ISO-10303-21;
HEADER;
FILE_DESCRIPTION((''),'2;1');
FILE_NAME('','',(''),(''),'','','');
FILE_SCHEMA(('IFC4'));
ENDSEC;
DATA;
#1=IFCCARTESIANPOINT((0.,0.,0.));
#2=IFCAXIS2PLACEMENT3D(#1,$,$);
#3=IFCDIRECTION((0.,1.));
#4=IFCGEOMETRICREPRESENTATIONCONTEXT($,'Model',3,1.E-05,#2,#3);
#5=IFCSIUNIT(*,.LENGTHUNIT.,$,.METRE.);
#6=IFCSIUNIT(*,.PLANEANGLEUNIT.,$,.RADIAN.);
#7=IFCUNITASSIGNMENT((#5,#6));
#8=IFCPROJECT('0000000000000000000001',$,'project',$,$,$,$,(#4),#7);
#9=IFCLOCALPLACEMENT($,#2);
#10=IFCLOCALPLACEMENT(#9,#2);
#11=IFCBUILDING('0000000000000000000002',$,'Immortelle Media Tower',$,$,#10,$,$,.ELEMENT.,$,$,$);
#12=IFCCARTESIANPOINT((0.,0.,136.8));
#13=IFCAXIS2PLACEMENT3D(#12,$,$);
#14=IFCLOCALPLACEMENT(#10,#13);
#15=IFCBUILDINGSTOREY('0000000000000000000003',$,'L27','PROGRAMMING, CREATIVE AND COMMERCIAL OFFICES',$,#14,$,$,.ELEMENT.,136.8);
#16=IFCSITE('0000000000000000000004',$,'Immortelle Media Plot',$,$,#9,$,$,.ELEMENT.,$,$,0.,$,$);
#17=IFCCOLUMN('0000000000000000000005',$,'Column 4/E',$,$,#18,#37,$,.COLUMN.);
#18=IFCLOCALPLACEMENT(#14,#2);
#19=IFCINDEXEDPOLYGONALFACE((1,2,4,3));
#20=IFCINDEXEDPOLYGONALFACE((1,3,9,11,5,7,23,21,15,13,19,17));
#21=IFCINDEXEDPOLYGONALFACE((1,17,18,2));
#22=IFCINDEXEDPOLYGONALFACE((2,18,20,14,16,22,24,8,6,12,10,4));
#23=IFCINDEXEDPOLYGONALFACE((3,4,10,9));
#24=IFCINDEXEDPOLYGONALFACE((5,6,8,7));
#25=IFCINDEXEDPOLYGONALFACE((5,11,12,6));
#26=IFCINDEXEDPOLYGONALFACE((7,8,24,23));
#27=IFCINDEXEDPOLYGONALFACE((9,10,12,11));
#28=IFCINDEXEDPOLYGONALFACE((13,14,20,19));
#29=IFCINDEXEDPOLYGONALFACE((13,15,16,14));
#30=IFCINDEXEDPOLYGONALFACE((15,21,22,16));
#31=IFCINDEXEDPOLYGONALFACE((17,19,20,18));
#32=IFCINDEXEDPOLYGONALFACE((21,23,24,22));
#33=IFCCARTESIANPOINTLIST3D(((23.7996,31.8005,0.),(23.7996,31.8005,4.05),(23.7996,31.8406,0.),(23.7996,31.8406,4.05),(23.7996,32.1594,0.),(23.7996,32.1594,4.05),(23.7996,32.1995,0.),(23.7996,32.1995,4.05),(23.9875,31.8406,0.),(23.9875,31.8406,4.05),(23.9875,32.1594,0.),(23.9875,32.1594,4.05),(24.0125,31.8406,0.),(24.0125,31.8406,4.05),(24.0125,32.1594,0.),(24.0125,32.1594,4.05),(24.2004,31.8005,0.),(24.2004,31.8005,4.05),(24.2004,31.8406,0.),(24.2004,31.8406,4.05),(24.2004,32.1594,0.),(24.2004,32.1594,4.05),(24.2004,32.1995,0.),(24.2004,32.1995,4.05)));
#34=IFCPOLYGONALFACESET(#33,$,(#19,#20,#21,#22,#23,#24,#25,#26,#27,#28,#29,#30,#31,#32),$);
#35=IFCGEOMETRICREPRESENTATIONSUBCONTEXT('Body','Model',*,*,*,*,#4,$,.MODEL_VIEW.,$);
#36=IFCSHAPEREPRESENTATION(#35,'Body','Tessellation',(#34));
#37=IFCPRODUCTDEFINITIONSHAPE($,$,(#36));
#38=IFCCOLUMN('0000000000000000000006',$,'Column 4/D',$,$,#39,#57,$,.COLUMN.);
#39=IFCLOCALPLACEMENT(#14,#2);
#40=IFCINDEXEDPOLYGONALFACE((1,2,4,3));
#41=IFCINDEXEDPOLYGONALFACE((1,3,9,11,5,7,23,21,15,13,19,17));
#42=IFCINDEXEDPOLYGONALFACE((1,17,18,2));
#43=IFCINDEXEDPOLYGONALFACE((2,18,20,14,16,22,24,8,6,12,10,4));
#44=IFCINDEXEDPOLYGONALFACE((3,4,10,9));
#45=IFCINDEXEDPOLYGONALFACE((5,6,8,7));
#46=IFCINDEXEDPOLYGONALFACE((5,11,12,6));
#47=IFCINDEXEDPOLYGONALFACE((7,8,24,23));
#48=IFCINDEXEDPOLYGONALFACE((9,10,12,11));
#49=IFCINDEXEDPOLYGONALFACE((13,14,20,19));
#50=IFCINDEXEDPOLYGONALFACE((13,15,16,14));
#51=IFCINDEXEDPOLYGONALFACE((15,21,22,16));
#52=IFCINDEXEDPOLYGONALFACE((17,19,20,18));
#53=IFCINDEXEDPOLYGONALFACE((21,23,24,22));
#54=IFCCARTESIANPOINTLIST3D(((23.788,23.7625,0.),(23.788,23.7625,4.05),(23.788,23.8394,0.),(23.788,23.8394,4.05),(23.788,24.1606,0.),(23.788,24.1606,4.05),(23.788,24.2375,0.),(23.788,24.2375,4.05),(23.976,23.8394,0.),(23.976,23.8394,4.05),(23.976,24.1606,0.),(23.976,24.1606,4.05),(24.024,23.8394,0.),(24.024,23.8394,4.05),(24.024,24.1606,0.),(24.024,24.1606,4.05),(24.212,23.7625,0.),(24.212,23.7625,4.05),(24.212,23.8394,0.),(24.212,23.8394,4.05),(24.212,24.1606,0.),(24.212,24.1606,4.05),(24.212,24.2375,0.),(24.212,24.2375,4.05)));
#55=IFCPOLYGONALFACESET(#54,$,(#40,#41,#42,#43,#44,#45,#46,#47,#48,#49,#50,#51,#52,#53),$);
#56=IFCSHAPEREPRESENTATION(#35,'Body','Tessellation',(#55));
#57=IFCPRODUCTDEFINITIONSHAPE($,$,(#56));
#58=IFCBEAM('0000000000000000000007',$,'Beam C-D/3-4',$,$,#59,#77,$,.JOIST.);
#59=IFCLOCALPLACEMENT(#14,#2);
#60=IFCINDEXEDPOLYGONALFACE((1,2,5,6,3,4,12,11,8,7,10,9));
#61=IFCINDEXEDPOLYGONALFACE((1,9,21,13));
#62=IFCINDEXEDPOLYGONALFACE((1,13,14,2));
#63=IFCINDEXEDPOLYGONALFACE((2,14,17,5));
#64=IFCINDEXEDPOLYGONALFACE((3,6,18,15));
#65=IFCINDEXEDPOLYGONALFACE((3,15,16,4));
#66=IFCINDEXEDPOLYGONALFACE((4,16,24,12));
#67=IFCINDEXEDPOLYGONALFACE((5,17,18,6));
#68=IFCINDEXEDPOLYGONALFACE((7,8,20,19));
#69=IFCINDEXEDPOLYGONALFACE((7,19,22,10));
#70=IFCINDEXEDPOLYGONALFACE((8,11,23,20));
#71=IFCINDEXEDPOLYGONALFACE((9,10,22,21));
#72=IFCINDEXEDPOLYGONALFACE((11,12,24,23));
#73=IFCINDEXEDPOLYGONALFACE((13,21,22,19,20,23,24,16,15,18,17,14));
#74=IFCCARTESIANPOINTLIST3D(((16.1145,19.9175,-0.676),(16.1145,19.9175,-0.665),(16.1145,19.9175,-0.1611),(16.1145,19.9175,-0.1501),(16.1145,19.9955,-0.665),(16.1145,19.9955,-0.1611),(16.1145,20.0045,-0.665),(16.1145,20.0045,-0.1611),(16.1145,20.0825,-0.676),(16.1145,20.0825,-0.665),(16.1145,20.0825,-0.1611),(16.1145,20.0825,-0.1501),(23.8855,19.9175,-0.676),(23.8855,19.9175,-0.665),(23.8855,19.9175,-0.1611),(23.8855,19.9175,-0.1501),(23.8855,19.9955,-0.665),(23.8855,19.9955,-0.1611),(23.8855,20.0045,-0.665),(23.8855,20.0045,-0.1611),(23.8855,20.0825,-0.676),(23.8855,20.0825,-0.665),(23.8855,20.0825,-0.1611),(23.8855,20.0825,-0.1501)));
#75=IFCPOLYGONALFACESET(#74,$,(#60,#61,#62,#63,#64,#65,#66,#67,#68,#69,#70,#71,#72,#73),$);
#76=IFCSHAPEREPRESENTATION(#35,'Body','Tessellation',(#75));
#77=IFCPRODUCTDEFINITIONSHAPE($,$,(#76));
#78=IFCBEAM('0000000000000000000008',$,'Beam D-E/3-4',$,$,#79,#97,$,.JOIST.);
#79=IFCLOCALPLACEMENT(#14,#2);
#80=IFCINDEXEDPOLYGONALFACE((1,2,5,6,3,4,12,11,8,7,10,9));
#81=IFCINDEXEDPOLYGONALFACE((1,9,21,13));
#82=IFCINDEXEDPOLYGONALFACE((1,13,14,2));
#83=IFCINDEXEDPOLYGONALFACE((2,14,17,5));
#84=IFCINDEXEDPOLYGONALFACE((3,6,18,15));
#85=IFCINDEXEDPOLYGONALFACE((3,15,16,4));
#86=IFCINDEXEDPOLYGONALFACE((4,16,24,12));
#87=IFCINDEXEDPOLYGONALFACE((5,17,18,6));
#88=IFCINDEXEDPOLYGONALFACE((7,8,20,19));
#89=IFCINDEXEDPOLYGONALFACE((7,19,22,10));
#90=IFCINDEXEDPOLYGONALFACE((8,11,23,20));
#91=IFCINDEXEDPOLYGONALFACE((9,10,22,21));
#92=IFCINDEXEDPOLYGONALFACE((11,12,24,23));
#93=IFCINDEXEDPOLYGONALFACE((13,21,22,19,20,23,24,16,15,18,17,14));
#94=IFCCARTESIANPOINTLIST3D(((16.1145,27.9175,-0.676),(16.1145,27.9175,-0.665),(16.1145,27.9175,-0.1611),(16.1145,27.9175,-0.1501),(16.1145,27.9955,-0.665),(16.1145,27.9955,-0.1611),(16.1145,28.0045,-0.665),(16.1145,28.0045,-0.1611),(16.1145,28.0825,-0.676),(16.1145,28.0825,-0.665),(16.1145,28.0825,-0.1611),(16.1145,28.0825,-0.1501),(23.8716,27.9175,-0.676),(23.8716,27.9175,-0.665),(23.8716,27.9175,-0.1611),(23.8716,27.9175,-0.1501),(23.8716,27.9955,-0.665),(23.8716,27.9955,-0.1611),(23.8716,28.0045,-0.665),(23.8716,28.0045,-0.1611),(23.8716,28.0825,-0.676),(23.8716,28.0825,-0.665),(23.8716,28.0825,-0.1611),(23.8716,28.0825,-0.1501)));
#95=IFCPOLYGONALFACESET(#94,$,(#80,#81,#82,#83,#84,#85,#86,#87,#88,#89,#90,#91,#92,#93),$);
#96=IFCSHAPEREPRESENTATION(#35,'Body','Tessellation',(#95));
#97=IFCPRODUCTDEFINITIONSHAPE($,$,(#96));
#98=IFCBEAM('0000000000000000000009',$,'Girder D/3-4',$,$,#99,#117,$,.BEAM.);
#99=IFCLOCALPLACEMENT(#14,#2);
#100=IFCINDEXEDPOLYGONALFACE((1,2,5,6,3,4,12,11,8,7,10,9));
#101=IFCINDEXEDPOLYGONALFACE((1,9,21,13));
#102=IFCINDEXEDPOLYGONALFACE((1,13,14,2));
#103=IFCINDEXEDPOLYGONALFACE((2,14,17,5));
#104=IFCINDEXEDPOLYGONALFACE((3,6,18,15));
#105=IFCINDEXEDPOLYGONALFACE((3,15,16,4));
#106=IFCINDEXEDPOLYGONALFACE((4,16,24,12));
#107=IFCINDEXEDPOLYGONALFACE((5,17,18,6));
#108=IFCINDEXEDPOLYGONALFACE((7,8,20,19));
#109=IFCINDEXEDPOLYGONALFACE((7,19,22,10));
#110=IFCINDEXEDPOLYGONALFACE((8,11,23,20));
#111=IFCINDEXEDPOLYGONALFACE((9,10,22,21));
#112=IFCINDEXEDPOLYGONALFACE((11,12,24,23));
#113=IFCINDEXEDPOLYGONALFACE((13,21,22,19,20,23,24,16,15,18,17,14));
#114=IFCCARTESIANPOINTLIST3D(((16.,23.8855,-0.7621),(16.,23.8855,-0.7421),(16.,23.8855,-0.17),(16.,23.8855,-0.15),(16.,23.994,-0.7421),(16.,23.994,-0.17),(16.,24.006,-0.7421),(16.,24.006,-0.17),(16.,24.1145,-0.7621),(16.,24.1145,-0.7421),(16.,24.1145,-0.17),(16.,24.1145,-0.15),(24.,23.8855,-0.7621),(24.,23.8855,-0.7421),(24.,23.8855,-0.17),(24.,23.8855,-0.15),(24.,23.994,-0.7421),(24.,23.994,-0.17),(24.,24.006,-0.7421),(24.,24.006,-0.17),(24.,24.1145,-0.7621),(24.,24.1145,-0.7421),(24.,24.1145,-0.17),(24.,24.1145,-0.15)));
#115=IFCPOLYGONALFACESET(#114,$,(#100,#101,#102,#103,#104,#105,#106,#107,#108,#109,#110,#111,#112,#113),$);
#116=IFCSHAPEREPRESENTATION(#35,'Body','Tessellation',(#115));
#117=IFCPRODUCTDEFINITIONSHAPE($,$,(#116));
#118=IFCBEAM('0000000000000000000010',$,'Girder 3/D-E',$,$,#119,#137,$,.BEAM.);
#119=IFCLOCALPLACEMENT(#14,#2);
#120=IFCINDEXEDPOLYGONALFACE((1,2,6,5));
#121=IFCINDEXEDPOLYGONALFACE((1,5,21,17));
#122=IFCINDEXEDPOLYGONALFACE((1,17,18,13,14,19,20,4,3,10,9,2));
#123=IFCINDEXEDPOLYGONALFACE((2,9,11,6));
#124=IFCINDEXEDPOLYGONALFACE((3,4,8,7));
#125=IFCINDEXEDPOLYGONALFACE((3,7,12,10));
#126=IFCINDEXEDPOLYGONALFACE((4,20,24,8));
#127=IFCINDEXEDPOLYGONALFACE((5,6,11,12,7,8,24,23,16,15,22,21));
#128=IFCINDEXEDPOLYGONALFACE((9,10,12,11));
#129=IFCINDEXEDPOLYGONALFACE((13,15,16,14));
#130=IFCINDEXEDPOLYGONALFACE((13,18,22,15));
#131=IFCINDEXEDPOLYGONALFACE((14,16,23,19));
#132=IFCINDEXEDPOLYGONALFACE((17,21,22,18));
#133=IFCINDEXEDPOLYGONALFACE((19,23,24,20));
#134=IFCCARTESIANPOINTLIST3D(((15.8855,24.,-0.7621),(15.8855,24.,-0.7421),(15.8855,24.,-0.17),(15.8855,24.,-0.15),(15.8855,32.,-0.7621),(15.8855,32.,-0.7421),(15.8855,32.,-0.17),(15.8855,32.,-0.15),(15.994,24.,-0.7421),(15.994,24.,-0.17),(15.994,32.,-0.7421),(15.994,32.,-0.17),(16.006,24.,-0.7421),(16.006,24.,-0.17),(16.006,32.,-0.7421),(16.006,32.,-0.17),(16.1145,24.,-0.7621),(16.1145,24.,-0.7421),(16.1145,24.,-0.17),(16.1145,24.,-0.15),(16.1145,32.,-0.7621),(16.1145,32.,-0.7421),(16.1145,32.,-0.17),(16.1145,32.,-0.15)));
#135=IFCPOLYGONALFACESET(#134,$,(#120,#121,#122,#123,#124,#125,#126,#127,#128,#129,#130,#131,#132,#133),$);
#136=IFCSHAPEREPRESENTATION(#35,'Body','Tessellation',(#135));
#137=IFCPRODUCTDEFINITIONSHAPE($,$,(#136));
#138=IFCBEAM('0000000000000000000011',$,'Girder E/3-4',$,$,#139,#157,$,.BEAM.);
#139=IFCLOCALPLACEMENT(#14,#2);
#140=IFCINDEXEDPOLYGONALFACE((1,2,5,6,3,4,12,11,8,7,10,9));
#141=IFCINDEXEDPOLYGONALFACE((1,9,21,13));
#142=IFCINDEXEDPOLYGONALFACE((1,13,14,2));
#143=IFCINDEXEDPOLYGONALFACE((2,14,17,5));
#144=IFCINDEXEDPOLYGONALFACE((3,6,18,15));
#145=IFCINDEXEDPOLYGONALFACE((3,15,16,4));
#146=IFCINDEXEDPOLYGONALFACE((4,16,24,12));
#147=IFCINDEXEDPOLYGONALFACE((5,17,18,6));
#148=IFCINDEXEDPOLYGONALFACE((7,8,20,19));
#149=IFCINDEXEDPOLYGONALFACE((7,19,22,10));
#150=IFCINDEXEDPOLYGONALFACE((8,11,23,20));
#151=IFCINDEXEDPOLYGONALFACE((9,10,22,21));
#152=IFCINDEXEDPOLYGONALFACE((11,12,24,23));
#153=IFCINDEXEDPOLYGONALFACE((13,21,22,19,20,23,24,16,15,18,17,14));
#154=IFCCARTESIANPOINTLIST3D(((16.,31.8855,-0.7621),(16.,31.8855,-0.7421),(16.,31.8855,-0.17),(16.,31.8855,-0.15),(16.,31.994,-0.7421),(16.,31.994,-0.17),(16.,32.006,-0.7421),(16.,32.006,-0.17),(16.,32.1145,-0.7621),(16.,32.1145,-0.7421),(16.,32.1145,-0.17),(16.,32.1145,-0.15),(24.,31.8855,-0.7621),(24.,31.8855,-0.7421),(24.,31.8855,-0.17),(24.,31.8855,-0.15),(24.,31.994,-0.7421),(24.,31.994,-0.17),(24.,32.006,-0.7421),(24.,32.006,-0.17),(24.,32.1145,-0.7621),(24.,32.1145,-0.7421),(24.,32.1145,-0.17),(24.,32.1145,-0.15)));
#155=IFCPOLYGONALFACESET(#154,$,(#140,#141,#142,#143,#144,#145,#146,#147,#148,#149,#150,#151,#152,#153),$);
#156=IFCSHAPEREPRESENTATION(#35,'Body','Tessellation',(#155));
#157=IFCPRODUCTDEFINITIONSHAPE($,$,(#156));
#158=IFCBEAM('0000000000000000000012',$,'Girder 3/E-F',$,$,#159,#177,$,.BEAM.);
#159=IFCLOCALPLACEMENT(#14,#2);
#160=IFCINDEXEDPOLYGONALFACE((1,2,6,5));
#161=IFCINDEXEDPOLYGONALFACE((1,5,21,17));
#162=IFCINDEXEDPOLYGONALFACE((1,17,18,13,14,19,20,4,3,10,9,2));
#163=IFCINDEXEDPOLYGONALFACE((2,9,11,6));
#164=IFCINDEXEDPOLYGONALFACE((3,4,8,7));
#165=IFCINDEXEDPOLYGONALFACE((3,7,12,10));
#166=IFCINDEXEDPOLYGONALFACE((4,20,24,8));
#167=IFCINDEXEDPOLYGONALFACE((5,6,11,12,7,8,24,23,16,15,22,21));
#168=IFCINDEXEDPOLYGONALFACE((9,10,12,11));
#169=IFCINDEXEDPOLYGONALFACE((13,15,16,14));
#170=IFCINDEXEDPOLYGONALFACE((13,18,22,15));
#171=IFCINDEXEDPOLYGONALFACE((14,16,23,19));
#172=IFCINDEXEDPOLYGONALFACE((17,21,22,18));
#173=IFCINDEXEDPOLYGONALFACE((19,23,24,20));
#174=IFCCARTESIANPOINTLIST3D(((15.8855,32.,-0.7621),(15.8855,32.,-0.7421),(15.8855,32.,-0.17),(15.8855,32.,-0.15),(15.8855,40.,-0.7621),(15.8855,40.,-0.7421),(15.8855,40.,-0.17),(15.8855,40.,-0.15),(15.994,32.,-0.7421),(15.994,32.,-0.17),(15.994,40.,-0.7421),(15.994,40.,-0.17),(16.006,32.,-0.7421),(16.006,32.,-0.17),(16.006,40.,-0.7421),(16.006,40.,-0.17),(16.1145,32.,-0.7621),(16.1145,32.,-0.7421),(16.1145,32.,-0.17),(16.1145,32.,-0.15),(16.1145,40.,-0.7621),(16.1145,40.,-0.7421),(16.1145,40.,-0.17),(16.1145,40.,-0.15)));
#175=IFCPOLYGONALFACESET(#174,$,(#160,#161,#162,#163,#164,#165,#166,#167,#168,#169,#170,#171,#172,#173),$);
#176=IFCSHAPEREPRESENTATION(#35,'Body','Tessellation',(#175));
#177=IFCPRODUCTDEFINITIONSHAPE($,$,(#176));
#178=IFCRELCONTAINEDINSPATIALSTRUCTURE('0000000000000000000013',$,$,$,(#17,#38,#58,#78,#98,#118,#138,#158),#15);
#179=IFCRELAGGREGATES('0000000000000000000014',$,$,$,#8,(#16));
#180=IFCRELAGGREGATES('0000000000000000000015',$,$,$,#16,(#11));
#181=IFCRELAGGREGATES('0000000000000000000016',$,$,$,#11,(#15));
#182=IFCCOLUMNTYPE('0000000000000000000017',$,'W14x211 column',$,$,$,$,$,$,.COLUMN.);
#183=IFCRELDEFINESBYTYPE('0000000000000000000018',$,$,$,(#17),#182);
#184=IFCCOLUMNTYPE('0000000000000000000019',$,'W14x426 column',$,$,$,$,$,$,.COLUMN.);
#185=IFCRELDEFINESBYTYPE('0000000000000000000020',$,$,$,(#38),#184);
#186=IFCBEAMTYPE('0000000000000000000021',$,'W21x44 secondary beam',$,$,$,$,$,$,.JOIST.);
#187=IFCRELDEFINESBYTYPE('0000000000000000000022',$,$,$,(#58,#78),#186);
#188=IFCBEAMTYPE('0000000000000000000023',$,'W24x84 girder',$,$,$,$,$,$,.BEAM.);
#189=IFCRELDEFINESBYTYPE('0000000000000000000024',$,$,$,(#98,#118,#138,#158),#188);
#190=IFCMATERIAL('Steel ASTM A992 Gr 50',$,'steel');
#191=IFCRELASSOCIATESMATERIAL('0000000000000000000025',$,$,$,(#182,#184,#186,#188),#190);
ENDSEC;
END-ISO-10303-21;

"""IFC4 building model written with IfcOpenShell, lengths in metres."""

from ifc_helpers import new_model, si_unit, direction, frame, origin, origin_2d, place, context, subcontext, project, spatial, i_section, extrude, material, material_profile, profile_set, type_object, element, save


model = new_model("IFC4")

# Units and contexts
model_context = context("Model", 3, precision=1e-05, world=origin(), true_north=direction((0.0, 1.0)))
body_context = subcontext(model_context, "Body", "Model", "MODEL_VIEW")
ifc_project = project(units=[si_unit("LENGTHUNIT", "METRE"), si_unit("PLANEANGLEUNIT", "RADIAN")], contexts=[model_context])

# Site, building, storey
site_placement = place(None, origin())
site = spatial("IfcSite", under=ifc_project, at=site_placement, Name="Immortelle Media Plot", CompositionType="ELEMENT", RefElevation=0.0)
building_placement = place(site_placement, origin())
building = spatial("IfcBuilding", under=site, at=building_placement, Name="Immortelle Media Tower", CompositionType="ELEMENT")
storey_placement = place(building_placement, frame((0.0, 0.0, 136.8)))
storey = spatial("IfcBuildingStorey", under=building, at=storey_placement, Name="L27", Description="PROGRAMMING, CREATIVE AND COMMERCIAL OFFICES", CompositionType="ELEMENT", Elevation=136.8)

# Columns
ifc_material_1 = material(Name="Steel ASTM A992 Gr 50", Category="steel")
ifc_material_profile_1 = material_profile(ifc_material_1, i_section(OverallWidth=0.4009, OverallDepth=0.3989, WebThickness=0.0249, FlangeThickness=0.04, at=origin_2d()), Name="W14x211")
ifc_profile_set_1 = profile_set([ifc_material_profile_1], Name="Steel ASTM A992 Gr 50")
column_type_1 = type_object("IfcColumnType", Name="W14x211 column", PredefinedType="COLUMN", material=ifc_profile_set_1)
column_1_placement = place(storey_placement, frame((24.0, 32.0, 0.0), z_axis=(0.0, 0.0, 1.0), x_axis=(1.0, 0.0, 0.0)))
element("IfcColumn", 1, at=column_1_placement, inside=storey, type_object=column_type_1, Name="Column 4/E", PredefinedType="COLUMN", context=body_context, shape_type="SweptSolid", body=[
    extrude(i_section(OverallWidth=0.4009, OverallDepth=0.3989, WebThickness=0.0249, FlangeThickness=0.04, at=origin_2d()), origin(), (0.0, 0.0, 1.0), 4.05),
])
ifc_material_profile_2 = material_profile(ifc_material_1, i_section(OverallWidth=0.4241, OverallDepth=0.4751, WebThickness=0.0481, FlangeThickness=0.0769, at=origin_2d()), Name="W14x426")
ifc_profile_set_2 = profile_set([ifc_material_profile_2], Name="Steel ASTM A992 Gr 50")
column_type_2 = type_object("IfcColumnType", Name="W14x426 column", PredefinedType="COLUMN", material=ifc_profile_set_2)
column_2_placement = place(storey_placement, frame((24.0, 24.0, 0.0), z_axis=(0.0, 0.0, 1.0), x_axis=(1.0, 0.0, 0.0)))
element("IfcColumn", 2, at=column_2_placement, inside=storey, type_object=column_type_2, Name="Column 4/D", PredefinedType="COLUMN", context=body_context, shape_type="SweptSolid", body=[
    extrude(i_section(OverallWidth=0.4241, OverallDepth=0.4751, WebThickness=0.0481, FlangeThickness=0.0769, at=origin_2d()), origin(), (0.0, 0.0, 1.0), 4.05),
])

# Beams
ifc_material_profile_3 = material_profile(ifc_material_1, i_section(OverallWidth=0.165, OverallDepth=0.5259, WebThickness=0.009, FlangeThickness=0.011, at=origin_2d()), Name="W21x44")
ifc_profile_set_3 = profile_set([ifc_material_profile_3], Name="Steel ASTM A992 Gr 50")
beam_type_1 = type_object("IfcBeamType", Name="W21x44 secondary beam", PredefinedType="JOIST", material=ifc_profile_set_3)
beam_1_placement = place(storey_placement, frame((16.1145, 20.0, -0.4131), z_axis=(1.0, 0.0, 0.0), x_axis=(0.0, 1.0, 0.0)))
element("IfcBeam", 3, at=beam_1_placement, inside=storey, type_object=beam_type_1, Name="Beam C-D/3-4", PredefinedType="JOIST", context=body_context, shape_type="SweptSolid", body=[
    extrude(i_section(OverallWidth=0.165, OverallDepth=0.5259, WebThickness=0.009, FlangeThickness=0.011, at=origin_2d()), origin(), (0.0, 0.0, 1.0), 7.771),
])
beam_2_placement = place(storey_placement, frame((16.1145, 28.0, -0.4131), z_axis=(1.0, 0.0, 0.0), x_axis=(0.0, 1.0, 0.0)))
element("IfcBeam", 4, at=beam_2_placement, inside=storey, type_object=beam_type_1, Name="Beam D-E/3-4", PredefinedType="JOIST", context=body_context, shape_type="SweptSolid", body=[
    extrude(i_section(OverallWidth=0.165, OverallDepth=0.5259, WebThickness=0.009, FlangeThickness=0.011, at=origin_2d()), origin(), (0.0, 0.0, 1.0), 7.7571),
])
ifc_material_profile_4 = material_profile(ifc_material_1, i_section(OverallWidth=0.229, OverallDepth=0.6121, WebThickness=0.012, FlangeThickness=0.02, at=origin_2d()), Name="W24x84")
ifc_profile_set_4 = profile_set([ifc_material_profile_4], Name="Steel ASTM A992 Gr 50")
beam_type_2 = type_object("IfcBeamType", Name="W24x84 girder", PredefinedType="BEAM", material=ifc_profile_set_4)
for number, where, z_axis, x_axis, name in (
    (5, (16.0, 24.0, -0.4561), (1.0, 0.0, 0.0), (0.0, 1.0, 0.0), "Girder D/3-4"),
    (6, (16.0, 24.0, -0.4561), (0.0, 1.0, 0.0), (-1.0, 0.0, 0.0), "Girder 3/D-E"),
    (7, (16.0, 32.0, -0.4561), (1.0, 0.0, 0.0), (0.0, 1.0, 0.0), "Girder E/3-4"),
    (8, (16.0, 32.0, -0.4561), (0.0, 1.0, 0.0), (-1.0, 0.0, 0.0), "Girder 3/E-F"),
):
    element("IfcBeam", number, at=place(storey_placement, frame(where, z_axis=z_axis, x_axis=x_axis)), inside=storey, type_object=beam_type_2, Name=name, PredefinedType="BEAM", context=body_context, shape_type="SweptSolid", body=[
        extrude(i_section(OverallWidth=0.229, OverallDepth=0.6121, WebThickness=0.012, FlangeThickness=0.02, at=origin_2d()), origin(), (0.0, 0.0, 1.0), 8.0),
    ])

save(model, "model.ifc")
